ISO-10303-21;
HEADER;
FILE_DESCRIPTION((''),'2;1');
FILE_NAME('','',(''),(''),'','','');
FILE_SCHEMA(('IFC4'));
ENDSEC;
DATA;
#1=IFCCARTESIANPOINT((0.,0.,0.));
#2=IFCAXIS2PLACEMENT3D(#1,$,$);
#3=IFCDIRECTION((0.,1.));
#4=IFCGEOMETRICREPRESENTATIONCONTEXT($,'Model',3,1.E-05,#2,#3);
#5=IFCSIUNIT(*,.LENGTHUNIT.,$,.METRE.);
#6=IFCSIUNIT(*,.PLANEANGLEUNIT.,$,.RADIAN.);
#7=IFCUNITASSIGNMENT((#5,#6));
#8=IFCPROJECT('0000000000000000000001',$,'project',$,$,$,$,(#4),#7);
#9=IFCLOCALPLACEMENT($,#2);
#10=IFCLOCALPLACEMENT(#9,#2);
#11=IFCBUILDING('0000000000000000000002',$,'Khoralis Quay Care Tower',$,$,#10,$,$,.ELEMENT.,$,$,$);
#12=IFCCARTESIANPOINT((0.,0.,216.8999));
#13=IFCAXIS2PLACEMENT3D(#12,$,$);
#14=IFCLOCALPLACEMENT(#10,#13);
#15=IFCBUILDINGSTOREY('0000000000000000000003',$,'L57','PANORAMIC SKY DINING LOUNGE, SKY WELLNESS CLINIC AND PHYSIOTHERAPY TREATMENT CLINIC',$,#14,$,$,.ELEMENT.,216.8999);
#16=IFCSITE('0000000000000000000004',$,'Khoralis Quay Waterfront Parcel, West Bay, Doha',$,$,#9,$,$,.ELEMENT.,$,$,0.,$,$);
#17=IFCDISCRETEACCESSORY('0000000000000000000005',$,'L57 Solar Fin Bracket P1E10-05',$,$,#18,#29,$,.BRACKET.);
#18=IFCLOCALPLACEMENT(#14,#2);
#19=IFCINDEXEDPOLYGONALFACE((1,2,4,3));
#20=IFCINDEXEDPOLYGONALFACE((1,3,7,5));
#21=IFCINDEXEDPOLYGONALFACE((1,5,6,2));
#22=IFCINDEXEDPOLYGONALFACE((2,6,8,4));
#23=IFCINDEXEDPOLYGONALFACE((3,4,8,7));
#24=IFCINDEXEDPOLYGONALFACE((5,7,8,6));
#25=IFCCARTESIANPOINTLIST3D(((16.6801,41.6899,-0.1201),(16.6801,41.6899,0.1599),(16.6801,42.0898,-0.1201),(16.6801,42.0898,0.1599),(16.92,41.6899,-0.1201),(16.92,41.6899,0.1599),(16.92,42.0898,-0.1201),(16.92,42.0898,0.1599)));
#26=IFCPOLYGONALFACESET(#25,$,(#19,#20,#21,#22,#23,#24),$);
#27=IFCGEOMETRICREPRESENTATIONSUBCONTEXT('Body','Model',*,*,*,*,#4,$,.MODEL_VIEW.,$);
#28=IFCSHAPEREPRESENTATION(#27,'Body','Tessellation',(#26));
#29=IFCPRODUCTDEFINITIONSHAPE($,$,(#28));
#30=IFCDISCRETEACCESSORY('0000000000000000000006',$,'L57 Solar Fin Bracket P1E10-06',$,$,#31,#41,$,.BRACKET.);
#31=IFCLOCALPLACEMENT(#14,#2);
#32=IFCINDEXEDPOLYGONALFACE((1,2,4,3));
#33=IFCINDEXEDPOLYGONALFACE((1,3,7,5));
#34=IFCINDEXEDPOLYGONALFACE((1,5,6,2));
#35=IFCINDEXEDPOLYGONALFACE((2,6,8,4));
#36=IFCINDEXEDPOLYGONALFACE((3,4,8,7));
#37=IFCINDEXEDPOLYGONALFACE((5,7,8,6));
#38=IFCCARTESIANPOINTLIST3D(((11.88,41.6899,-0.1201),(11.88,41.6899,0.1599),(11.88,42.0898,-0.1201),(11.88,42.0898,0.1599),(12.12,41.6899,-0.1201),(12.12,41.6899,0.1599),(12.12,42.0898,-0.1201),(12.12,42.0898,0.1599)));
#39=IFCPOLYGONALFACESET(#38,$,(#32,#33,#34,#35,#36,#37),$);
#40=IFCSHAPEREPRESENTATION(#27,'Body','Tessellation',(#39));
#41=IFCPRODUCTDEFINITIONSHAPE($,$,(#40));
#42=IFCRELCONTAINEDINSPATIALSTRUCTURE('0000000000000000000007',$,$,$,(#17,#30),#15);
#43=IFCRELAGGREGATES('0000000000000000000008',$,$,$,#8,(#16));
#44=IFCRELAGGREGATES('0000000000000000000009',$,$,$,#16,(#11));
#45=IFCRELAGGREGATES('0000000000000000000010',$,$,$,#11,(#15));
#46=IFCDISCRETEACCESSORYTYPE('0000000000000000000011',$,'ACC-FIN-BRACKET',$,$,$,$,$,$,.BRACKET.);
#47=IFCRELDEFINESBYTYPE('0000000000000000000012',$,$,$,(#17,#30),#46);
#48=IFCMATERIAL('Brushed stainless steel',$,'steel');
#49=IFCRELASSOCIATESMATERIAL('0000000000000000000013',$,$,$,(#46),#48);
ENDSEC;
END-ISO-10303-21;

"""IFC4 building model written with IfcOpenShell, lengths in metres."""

from ifc_helpers import new_model, si_unit, direction, frame, origin, origin_2d, place, context, subcontext, project, spatial, rectangle, extrude, source, transform, mapped, material, type_object, element, save


model = new_model("IFC4")

# Units and contexts
model_context = context("Model", 3, precision=1e-05, world=origin(), true_north=direction((0.0, 1.0)))
body_context = subcontext(model_context, "Body", "Model", "MODEL_VIEW")
ifc_project = project(units=[si_unit("LENGTHUNIT", "METRE"), si_unit("PLANEANGLEUNIT", "RADIAN")], contexts=[model_context])

# Site, building, storey
site_placement = place(None, origin())
site = spatial("IfcSite", under=ifc_project, at=site_placement, Name="Khoralis Quay Waterfront Parcel, West Bay, Doha", CompositionType="ELEMENT", RefElevation=0.0)
building_placement = place(site_placement, origin())
building = spatial("IfcBuilding", under=site, at=building_placement, Name="Khoralis Quay Care Tower", CompositionType="ELEMENT")
storey_placement = place(building_placement, frame((0.0, 0.0, 216.8999)))
storey = spatial("IfcBuildingStorey", under=building, at=storey_placement, Name="L57", Description="PANORAMIC SKY DINING LOUNGE, SKY WELLNESS CLINIC AND PHYSIOTHERAPY TREATMENT CLINIC", CompositionType="ELEMENT", Elevation=216.8999)

# Discrete accessories
ifc_material_1 = material(Name="Brushed stainless steel", Category="steel")
discrete_accessory_type = type_object("IfcDiscreteAccessoryType", Name="ACC-FIN-BRACKET", PredefinedType="BRACKET", material=ifc_material_1)
shared_shape_1 = source(origin(), body_context, "Body", "SweptSolid", [
    extrude(rectangle(XDim=0.3999, YDim=0.24, at=origin_2d()), origin(), (0.0, 0.0, 1.0), 0.28),
])
for number, where, z_axis, x_axis, name in (
    (1, (16.8, 41.8899, -0.1201), (0.0, 0.0, 1.0), (0.0, 1.0, 0.0), "L57 Solar Fin Bracket P1E10-05"),
    (2, (12.0, 41.8899, -0.1201), (0.0, 0.0, 1.0), (0.0, 1.0, 0.0), "L57 Solar Fin Bracket P1E10-06"),
):
    element("IfcDiscreteAccessory", number, at=place(storey_placement, frame(where, z_axis=z_axis, x_axis=x_axis)), inside=storey, type_object=discrete_accessory_type, Name=name, PredefinedType="BRACKET", context=body_context, shape_type="MappedRepresentation", body=[
        mapped(shared_shape_1, transform((0.0, 0.0, 0.0), scale=1.0)),
    ])

save(model, "model.ifc")
